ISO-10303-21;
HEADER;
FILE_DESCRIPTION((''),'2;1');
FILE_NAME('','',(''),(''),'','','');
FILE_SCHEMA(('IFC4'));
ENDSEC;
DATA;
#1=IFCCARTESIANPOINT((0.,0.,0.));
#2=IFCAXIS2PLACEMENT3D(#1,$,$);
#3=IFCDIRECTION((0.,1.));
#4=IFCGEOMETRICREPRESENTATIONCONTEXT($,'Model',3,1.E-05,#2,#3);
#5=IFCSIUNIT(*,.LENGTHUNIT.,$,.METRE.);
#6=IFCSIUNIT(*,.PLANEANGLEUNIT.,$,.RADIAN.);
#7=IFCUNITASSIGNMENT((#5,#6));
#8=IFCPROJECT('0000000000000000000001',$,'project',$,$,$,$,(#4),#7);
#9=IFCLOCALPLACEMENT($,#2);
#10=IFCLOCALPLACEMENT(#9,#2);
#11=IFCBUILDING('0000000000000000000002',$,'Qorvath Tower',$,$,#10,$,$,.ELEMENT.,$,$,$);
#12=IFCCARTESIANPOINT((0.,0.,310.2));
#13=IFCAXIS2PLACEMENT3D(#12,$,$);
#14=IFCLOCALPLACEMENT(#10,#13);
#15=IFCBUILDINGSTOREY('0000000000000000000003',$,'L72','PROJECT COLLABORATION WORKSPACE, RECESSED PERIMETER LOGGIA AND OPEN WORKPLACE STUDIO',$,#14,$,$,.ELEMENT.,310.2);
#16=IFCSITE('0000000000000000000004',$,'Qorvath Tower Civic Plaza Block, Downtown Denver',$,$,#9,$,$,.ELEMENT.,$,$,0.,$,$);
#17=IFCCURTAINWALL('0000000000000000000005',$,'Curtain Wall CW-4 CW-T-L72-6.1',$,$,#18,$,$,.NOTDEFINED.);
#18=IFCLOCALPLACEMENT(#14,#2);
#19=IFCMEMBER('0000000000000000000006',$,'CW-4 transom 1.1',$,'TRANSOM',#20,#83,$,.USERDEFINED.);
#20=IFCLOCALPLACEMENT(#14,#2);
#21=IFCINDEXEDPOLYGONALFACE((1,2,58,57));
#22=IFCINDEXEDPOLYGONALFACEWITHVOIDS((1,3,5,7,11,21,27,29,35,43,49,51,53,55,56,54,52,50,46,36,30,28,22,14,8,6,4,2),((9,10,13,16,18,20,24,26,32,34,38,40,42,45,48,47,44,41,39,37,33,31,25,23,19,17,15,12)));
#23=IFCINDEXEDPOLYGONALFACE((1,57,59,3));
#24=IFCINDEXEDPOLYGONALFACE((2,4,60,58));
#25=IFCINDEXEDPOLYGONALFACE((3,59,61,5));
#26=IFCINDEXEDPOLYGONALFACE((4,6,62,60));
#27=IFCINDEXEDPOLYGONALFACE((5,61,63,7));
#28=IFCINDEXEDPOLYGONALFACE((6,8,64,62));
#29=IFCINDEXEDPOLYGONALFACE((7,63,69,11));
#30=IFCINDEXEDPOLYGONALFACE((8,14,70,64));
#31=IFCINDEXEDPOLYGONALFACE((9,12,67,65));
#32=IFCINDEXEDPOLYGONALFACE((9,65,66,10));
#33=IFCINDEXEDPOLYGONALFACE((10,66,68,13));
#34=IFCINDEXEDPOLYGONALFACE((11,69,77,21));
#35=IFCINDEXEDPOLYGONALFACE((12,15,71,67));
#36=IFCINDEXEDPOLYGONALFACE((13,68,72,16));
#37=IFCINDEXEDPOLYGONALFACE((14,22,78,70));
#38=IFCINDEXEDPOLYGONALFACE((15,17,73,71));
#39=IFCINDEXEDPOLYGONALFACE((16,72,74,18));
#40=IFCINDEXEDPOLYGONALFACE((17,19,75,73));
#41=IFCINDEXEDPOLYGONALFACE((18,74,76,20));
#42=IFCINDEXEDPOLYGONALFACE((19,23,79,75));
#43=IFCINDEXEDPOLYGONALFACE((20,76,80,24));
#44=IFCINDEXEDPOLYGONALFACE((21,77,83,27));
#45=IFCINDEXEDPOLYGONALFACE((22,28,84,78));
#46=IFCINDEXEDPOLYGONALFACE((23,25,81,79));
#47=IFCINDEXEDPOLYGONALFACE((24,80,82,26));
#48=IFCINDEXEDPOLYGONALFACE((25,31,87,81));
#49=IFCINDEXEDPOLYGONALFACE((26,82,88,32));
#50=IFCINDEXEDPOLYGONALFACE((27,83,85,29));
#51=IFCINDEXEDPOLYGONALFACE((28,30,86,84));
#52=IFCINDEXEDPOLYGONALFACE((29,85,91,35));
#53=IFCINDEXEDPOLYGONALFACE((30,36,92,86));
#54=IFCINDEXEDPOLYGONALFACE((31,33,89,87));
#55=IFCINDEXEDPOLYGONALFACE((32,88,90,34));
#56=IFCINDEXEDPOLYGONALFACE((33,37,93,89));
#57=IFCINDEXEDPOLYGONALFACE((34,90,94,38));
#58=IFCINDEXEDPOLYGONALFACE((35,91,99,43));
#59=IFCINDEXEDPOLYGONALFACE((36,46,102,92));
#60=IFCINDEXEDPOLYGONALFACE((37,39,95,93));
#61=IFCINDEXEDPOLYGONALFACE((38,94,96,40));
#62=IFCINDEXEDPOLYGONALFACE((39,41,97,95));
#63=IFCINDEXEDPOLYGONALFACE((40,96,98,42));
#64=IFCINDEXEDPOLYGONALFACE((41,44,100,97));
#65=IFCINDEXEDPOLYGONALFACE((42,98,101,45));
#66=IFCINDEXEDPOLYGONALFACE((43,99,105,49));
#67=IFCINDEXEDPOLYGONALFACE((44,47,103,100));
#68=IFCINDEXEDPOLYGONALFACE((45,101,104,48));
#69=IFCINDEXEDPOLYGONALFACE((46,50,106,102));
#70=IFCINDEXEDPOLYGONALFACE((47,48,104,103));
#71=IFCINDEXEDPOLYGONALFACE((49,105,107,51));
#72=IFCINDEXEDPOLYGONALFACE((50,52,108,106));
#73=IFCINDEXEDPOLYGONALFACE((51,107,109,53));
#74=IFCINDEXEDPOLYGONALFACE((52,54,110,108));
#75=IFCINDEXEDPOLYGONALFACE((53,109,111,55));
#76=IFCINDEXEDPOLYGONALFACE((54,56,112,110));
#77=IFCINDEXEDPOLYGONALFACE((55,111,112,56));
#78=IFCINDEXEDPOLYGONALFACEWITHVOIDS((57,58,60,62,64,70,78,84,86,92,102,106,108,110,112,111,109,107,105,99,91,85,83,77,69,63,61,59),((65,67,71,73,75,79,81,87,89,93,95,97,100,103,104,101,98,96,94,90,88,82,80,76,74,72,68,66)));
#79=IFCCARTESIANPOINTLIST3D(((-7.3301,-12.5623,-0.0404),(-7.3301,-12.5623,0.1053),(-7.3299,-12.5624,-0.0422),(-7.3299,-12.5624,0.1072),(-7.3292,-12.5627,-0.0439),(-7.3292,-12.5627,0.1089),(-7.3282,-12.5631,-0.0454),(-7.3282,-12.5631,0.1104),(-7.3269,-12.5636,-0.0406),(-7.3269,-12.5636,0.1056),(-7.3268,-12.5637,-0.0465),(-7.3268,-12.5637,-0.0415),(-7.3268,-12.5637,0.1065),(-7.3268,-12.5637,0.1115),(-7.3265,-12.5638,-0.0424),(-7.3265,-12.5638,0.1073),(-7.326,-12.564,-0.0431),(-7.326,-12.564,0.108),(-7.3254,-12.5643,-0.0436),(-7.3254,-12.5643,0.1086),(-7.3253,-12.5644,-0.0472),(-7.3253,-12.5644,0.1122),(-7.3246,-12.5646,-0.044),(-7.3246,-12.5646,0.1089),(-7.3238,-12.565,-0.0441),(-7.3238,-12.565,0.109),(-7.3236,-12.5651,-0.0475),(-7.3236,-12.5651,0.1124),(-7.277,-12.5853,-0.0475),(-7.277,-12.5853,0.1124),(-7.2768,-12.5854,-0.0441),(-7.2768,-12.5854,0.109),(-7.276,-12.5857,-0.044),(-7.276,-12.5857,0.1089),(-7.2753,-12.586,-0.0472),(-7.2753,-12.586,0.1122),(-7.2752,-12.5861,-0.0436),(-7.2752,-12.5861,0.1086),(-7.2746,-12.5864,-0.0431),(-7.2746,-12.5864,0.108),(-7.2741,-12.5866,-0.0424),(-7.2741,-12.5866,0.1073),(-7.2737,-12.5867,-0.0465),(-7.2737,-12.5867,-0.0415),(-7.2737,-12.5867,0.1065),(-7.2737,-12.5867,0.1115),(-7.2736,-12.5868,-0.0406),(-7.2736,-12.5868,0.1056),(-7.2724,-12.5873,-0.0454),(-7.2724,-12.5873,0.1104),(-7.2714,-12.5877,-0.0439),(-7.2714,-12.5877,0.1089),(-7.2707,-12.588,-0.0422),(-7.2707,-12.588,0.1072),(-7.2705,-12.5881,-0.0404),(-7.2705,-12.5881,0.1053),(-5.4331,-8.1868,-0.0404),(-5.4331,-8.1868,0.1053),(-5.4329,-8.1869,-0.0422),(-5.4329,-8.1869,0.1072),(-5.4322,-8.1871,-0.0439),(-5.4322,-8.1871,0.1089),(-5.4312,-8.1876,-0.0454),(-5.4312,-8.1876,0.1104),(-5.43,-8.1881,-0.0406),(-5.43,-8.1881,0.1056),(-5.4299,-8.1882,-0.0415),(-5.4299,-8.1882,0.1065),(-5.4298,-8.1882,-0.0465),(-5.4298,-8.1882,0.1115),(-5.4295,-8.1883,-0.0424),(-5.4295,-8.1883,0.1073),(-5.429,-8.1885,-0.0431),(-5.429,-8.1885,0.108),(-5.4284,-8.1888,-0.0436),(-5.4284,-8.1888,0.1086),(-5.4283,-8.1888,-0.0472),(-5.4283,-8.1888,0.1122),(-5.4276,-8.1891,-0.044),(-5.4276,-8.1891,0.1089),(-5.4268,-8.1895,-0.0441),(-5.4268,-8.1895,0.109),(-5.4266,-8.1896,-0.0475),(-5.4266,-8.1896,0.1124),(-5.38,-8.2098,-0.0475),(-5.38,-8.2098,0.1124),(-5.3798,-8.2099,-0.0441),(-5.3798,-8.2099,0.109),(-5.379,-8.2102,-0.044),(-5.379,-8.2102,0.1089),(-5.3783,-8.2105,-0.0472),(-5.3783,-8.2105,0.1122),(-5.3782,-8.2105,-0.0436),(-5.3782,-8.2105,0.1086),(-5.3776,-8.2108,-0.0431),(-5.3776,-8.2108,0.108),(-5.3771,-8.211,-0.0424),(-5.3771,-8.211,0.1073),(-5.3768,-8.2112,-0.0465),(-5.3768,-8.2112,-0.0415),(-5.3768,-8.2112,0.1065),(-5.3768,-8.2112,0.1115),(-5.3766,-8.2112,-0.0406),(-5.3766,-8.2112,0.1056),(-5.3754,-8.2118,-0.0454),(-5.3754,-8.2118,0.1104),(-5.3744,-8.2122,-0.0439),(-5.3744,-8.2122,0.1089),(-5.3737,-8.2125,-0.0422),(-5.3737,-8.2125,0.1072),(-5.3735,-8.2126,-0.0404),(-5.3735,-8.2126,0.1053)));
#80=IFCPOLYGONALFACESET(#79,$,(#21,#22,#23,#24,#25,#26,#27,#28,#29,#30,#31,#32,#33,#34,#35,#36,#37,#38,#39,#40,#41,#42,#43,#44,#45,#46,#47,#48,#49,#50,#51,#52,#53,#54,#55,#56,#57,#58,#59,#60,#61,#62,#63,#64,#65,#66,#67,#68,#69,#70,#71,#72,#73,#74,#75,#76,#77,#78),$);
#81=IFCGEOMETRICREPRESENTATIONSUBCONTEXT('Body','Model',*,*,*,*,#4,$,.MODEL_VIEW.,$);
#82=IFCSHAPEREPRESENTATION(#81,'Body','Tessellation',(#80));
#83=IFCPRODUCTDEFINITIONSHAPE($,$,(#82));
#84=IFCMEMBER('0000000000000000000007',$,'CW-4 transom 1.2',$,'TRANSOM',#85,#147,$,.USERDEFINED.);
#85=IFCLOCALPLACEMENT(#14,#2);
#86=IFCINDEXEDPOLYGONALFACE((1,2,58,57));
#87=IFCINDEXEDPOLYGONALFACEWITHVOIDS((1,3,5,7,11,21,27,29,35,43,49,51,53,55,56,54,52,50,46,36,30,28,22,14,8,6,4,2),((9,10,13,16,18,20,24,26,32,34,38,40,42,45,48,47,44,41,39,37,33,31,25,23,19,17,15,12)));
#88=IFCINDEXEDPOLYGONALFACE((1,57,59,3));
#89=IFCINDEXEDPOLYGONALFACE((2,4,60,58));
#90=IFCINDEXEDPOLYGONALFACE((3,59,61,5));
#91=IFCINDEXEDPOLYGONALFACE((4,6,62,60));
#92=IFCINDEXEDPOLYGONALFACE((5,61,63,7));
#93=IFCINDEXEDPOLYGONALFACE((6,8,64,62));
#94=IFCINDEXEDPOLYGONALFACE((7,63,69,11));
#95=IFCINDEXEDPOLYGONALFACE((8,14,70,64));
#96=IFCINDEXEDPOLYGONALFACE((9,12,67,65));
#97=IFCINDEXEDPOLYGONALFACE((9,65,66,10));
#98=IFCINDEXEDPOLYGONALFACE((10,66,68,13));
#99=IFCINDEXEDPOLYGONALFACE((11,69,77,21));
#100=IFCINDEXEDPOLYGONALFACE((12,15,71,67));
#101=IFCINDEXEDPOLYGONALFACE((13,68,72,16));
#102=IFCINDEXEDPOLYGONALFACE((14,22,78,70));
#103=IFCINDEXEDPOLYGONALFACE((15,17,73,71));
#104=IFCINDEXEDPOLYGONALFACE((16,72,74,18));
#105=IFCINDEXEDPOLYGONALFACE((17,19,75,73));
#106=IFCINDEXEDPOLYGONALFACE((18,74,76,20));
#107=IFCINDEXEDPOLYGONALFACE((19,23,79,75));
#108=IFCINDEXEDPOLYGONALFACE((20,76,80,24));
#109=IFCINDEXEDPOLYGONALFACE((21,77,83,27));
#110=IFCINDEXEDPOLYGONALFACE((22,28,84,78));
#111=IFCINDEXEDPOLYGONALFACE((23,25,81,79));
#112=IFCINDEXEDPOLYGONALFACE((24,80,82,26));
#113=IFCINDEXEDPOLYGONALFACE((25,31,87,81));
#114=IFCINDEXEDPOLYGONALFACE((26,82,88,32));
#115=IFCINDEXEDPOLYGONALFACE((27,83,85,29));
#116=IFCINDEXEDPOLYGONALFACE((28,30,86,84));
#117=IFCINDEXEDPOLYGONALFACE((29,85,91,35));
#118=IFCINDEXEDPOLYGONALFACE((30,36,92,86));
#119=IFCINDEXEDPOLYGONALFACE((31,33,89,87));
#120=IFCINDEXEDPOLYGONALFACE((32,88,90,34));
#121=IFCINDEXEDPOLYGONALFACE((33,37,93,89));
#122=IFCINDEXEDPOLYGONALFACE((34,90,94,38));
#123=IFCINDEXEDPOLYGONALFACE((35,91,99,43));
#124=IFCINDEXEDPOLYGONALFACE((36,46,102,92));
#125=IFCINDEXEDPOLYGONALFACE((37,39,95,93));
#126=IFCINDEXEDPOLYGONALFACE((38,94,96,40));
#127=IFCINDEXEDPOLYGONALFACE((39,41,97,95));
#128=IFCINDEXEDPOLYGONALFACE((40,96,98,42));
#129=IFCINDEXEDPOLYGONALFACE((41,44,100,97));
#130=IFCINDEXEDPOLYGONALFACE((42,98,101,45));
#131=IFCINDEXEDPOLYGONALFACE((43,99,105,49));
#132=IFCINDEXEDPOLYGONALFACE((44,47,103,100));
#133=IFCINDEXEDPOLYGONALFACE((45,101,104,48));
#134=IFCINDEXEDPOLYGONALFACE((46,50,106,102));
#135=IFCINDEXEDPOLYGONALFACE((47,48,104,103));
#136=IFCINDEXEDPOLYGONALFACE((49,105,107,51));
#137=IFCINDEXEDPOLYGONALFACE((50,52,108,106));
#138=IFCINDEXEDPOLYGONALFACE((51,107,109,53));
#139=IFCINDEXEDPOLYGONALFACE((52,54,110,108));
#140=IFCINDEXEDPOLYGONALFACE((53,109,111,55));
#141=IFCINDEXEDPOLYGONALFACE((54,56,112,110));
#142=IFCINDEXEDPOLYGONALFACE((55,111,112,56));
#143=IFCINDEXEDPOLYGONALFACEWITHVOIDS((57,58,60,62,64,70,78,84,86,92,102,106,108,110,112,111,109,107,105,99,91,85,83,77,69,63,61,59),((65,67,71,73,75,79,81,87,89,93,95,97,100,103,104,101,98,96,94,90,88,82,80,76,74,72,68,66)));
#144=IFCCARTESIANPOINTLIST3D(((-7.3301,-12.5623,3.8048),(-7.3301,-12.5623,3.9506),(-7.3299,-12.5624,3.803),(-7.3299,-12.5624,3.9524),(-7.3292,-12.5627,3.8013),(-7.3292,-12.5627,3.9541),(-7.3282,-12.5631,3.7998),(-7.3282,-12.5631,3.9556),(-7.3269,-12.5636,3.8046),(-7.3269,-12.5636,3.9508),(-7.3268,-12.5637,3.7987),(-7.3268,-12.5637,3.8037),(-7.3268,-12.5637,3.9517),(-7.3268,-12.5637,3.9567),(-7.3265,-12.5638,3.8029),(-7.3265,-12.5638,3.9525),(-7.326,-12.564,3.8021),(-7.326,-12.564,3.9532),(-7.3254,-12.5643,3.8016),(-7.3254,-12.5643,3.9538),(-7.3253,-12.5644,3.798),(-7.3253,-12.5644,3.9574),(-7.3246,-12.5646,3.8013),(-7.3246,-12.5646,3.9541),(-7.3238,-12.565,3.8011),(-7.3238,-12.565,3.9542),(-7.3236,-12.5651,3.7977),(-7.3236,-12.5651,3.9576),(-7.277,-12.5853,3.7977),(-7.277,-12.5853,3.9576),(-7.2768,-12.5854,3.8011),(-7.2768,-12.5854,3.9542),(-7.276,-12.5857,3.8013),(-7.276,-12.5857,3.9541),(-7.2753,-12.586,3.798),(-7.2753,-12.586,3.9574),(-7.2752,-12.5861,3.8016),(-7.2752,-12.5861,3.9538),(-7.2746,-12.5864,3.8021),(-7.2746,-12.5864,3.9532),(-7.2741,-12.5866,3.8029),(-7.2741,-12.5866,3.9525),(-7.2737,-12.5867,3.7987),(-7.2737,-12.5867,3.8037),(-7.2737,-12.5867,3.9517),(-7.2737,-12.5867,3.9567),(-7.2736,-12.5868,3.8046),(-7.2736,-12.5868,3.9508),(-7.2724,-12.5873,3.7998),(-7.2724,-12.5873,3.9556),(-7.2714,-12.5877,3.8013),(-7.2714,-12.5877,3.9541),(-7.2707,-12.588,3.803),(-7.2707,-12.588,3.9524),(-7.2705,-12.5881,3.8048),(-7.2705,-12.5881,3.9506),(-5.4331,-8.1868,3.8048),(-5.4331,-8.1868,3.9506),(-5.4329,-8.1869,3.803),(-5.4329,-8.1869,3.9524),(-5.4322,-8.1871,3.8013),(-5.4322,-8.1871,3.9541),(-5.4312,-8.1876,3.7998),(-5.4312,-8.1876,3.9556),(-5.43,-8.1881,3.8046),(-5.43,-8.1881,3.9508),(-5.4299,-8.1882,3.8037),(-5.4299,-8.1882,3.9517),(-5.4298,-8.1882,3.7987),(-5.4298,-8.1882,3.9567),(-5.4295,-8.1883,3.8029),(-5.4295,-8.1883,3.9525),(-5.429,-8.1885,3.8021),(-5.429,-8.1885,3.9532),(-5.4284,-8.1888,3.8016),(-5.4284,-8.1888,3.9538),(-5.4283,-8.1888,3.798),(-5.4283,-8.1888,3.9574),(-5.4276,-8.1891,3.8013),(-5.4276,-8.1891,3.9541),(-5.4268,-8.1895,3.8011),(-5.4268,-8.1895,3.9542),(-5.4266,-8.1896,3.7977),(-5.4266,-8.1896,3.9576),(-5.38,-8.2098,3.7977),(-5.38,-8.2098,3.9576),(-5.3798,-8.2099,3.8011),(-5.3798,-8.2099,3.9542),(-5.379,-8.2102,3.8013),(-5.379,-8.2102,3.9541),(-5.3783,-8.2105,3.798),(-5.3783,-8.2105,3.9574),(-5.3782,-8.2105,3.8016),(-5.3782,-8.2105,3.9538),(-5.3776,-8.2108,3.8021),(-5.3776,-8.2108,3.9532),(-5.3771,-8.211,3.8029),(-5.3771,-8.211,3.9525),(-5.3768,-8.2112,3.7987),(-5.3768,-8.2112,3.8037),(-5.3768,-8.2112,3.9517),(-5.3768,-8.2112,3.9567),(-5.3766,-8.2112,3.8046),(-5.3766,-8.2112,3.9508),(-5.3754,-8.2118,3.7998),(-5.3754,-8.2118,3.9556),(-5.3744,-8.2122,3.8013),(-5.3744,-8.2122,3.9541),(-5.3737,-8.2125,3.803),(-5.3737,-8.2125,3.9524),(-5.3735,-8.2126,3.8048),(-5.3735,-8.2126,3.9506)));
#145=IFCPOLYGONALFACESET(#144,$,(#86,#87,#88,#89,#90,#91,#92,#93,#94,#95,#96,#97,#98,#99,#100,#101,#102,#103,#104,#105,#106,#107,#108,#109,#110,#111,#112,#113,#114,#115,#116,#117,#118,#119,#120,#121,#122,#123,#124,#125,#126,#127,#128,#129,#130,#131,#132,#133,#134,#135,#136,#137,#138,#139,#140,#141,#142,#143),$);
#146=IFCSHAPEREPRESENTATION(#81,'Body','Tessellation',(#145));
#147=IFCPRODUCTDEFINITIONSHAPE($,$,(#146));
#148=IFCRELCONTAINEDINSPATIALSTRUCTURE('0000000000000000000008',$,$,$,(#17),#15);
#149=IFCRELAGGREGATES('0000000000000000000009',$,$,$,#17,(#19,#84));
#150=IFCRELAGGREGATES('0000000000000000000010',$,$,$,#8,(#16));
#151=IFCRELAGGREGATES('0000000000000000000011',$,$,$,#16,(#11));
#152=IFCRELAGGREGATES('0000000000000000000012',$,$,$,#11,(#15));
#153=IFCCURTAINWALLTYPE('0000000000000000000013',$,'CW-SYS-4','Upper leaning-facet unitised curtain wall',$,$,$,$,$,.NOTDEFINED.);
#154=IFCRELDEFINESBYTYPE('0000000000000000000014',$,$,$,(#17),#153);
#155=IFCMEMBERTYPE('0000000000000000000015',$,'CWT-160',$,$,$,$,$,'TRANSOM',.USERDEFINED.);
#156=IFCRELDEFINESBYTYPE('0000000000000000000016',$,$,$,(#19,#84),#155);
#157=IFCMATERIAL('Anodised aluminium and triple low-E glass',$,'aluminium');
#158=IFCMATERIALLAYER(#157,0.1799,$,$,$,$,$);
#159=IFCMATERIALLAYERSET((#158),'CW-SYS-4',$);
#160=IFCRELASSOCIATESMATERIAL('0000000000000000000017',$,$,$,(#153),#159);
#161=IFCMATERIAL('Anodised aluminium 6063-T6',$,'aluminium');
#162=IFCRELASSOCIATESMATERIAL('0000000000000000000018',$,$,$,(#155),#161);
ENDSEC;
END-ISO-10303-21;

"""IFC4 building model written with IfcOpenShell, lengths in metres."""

from ifc_helpers import new_model, si_unit, direction, frame, origin, origin_2d, place, context, subcontext, project, spatial, hollow_rectangle, extrude, material, layer, layer_set, material_profile, profile_set, type_object, element, aggregate, save


model = new_model("IFC4")

# Units and contexts
model_context = context("Model", 3, precision=1e-05, world=origin(), true_north=direction((0.0, 1.0)))
body_context = subcontext(model_context, "Body", "Model", "MODEL_VIEW")
ifc_project = project(units=[si_unit("LENGTHUNIT", "METRE"), si_unit("PLANEANGLEUNIT", "RADIAN")], contexts=[model_context])

# Site, building, storey
site_placement = place(None, origin())
site = spatial("IfcSite", under=ifc_project, at=site_placement, Name="Qorvath Tower Civic Plaza Block, Downtown Denver", CompositionType="ELEMENT", RefElevation=0.0)
building_placement = place(site_placement, origin())
building = spatial("IfcBuilding", under=site, at=building_placement, Name="Qorvath Tower", CompositionType="ELEMENT")
storey_placement = place(building_placement, frame((0.0, 0.0, 310.2)))
storey = spatial("IfcBuildingStorey", under=building, at=storey_placement, Name="L72", Description="PROJECT COLLABORATION WORKSPACE, RECESSED PERIMETER LOGGIA AND OPEN WORKPLACE STUDIO", CompositionType="ELEMENT", Elevation=310.2)

# Shared definitions
ifc_material_1 = material(Name="Anodised aluminium and triple low-E glass", Category="aluminium")
ifc_layer_1 = layer(ifc_material_1, 0.1799)
ifc_layer_set_1 = layer_set([ifc_layer_1], Name="CW-SYS-4")
curtain_wall_type = type_object("IfcCurtainWallType", Name="CW-SYS-4", Description="Upper leaning-facet unitised curtain wall", PredefinedType="NOTDEFINED", material=ifc_layer_set_1)

# Curtain wall
curtain_wall_1_placement = place(storey_placement, origin())
curtain_wall_1 = element("IfcCurtainWall", 1, at=curtain_wall_1_placement, inside=storey, type_object=curtain_wall_type, Name="Curtain Wall CW-4 CW-T-L72-6.1", PredefinedType="NOTDEFINED")

# Members
ifc_material_2 = material(Name="Anodised aluminium 6063-T6", Category="aluminium")
ifc_material_profile_1 = material_profile(ifc_material_2, hollow_rectangle(XDim=0.0649, YDim=0.1599, WallThickness=0.0034, InnerFilletRadius=0.0034, OuterFilletRadius=0.0071, at=origin_2d()), Name="CWT 160x65")
ifc_profile_set_1 = profile_set([ifc_material_profile_1], Name="Anodised aluminium 6063-T6")
member_type_1 = type_object("IfcMemberType", Name="CWT-160", ElementType="TRANSOM", PredefinedType="USERDEFINED", material=ifc_profile_set_1)
member_1_placement = place(storey_placement, frame((-7.3003, -12.5752, 0.0325), z_axis=(0.397771, 0.917485, 0.0), x_axis=(-0.917485, 0.397771, 0.0)))
member_1 = element("IfcMember", 2, at=member_1_placement, type_object=member_type_1, Name="CW-4 transom 1.1", ObjectType="TRANSOM", PredefinedType="USERDEFINED", context=body_context, shape_type="SweptSolid", body=[
    extrude(hollow_rectangle(XDim=0.0649, YDim=0.1599, WallThickness=0.0034, InnerFilletRadius=0.0034, OuterFilletRadius=0.0071, at=origin_2d()), origin(), (0.0, 0.0, 1.0), 4.769),
])
member_2_placement = place(storey_placement, frame((-7.3003, -12.5752, 3.8777), z_axis=(0.397771, 0.917485, 0.0), x_axis=(-0.917485, 0.397771, 0.0)))
member_2 = element("IfcMember", 3, at=member_2_placement, type_object=member_type_1, Name="CW-4 transom 1.2", ObjectType="TRANSOM", PredefinedType="USERDEFINED", context=body_context, shape_type="SweptSolid", body=[
    extrude(hollow_rectangle(XDim=0.0649, YDim=0.1599, WallThickness=0.0034, InnerFilletRadius=0.0034, OuterFilletRadius=0.0071, at=origin_2d()), origin(), (0.0, 0.0, 1.0), 4.769),
])

aggregate(curtain_wall_1, [member_1, member_2])

save(model, "model.ifc")
